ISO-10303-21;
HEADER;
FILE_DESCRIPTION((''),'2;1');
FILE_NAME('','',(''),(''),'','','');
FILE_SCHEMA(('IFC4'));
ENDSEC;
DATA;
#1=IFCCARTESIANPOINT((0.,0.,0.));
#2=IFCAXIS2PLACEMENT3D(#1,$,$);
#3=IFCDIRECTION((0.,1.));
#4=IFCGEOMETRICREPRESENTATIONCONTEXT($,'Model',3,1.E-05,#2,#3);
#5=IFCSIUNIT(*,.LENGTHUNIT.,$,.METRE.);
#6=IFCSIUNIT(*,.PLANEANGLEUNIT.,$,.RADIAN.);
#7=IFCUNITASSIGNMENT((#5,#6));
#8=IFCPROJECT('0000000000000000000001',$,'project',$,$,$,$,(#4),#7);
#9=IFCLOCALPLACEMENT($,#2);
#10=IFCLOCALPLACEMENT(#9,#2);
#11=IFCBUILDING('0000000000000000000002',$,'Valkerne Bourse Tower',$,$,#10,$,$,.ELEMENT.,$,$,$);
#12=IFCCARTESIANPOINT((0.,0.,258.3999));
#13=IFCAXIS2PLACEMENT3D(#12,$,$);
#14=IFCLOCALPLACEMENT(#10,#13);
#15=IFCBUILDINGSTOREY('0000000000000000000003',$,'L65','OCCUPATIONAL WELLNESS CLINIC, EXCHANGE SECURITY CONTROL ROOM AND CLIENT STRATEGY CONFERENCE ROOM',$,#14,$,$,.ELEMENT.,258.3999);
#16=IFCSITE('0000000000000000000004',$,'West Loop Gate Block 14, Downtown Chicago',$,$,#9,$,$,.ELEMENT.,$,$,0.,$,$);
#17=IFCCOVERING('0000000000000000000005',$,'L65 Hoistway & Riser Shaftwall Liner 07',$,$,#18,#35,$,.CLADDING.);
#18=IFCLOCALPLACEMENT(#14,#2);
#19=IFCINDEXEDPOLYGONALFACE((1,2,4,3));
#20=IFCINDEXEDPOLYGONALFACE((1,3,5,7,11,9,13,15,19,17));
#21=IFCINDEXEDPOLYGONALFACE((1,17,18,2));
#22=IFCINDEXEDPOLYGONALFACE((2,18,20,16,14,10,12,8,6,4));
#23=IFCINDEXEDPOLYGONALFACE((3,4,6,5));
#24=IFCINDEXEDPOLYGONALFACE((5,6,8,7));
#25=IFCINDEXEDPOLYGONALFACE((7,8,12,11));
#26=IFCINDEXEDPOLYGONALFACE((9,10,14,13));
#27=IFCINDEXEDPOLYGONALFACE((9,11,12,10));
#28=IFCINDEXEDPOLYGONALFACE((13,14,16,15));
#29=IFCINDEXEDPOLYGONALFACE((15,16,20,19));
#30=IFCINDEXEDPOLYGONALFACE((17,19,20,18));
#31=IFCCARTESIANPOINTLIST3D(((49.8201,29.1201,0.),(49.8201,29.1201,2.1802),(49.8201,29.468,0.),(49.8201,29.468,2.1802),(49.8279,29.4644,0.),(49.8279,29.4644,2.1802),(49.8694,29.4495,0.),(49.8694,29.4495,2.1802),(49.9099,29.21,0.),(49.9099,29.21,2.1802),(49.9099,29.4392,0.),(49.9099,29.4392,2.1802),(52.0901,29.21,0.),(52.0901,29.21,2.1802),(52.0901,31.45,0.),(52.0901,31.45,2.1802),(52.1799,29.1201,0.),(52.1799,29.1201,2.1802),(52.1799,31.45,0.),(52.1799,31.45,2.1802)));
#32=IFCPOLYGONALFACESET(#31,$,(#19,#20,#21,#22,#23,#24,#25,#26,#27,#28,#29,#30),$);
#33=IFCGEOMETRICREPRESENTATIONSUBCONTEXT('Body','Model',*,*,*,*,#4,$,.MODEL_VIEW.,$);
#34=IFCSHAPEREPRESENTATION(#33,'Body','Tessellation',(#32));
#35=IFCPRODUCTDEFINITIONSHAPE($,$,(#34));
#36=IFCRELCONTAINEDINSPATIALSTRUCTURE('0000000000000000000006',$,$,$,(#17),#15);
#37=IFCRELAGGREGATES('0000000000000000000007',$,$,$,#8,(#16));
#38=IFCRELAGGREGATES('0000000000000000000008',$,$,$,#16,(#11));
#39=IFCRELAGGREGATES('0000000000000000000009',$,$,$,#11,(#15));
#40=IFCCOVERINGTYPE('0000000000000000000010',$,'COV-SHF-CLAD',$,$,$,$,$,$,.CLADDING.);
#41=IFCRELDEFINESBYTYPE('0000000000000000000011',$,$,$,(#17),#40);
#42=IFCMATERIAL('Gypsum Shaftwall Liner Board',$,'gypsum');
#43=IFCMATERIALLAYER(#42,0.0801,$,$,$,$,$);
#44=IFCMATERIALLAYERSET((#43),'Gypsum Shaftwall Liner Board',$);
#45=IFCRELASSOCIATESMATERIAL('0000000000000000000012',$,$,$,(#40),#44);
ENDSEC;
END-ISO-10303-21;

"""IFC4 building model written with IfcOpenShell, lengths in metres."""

from ifc_helpers import new_model, si_unit, direction, frame, origin, place, context, subcontext, project, spatial, polyline, outline, extrude, material, layer, layer_set, type_object, element, save


model = new_model("IFC4")

# Units and contexts
model_context = context("Model", 3, precision=1e-05, world=origin(), true_north=direction((0.0, 1.0)))
body_context = subcontext(model_context, "Body", "Model", "MODEL_VIEW")
ifc_project = project(units=[si_unit("LENGTHUNIT", "METRE"), si_unit("PLANEANGLEUNIT", "RADIAN")], contexts=[model_context])

# Site, building, storey
site_placement = place(None, origin())
site = spatial("IfcSite", under=ifc_project, at=site_placement, Name="West Loop Gate Block 14, Downtown Chicago", CompositionType="ELEMENT", RefElevation=0.0)
building_placement = place(site_placement, origin())
building = spatial("IfcBuilding", under=site, at=building_placement, Name="Valkerne Bourse Tower", CompositionType="ELEMENT")
storey_placement = place(building_placement, frame((0.0, 0.0, 258.3999)))
storey = spatial("IfcBuildingStorey", under=building, at=storey_placement, Name="L65", Description="OCCUPATIONAL WELLNESS CLINIC, EXCHANGE SECURITY CONTROL ROOM AND CLIENT STRATEGY CONFERENCE ROOM", CompositionType="ELEMENT", Elevation=258.3999)

# Covering
ifc_material_1 = material(Name="Gypsum Shaftwall Liner Board", Category="gypsum")
ifc_layer_1 = layer(ifc_material_1, 0.0801)
ifc_layer_set_1 = layer_set([ifc_layer_1], Name="Gypsum Shaftwall Liner Board")
covering_type_1 = type_object("IfcCoveringType", Name="COV-SHF-CLAD", PredefinedType="CLADDING", material=ifc_layer_set_1)
covering_1_placement = place(storey_placement, origin())
element("IfcCovering", 1, at=covering_1_placement, inside=storey, type_object=covering_type_1, Name="L65 Hoistway & Riser Shaftwall Liner 07", PredefinedType="CLADDING", context=body_context, shape_type="SweptSolid", body=[
    extrude(outline(polyline([(49.8201, 29.1201), (49.8201, 29.468), (49.8279, 29.4644), (49.8694, 29.4495), (49.9099, 29.4392), (49.9099, 29.21), (52.0901, 29.21), (52.0901, 31.45), (52.1799, 31.45), (52.1799, 29.1201), (49.8201, 29.1201)])), origin(), (0.0, 0.0, 1.0), 2.1802),
])

save(model, "model.ifc")
